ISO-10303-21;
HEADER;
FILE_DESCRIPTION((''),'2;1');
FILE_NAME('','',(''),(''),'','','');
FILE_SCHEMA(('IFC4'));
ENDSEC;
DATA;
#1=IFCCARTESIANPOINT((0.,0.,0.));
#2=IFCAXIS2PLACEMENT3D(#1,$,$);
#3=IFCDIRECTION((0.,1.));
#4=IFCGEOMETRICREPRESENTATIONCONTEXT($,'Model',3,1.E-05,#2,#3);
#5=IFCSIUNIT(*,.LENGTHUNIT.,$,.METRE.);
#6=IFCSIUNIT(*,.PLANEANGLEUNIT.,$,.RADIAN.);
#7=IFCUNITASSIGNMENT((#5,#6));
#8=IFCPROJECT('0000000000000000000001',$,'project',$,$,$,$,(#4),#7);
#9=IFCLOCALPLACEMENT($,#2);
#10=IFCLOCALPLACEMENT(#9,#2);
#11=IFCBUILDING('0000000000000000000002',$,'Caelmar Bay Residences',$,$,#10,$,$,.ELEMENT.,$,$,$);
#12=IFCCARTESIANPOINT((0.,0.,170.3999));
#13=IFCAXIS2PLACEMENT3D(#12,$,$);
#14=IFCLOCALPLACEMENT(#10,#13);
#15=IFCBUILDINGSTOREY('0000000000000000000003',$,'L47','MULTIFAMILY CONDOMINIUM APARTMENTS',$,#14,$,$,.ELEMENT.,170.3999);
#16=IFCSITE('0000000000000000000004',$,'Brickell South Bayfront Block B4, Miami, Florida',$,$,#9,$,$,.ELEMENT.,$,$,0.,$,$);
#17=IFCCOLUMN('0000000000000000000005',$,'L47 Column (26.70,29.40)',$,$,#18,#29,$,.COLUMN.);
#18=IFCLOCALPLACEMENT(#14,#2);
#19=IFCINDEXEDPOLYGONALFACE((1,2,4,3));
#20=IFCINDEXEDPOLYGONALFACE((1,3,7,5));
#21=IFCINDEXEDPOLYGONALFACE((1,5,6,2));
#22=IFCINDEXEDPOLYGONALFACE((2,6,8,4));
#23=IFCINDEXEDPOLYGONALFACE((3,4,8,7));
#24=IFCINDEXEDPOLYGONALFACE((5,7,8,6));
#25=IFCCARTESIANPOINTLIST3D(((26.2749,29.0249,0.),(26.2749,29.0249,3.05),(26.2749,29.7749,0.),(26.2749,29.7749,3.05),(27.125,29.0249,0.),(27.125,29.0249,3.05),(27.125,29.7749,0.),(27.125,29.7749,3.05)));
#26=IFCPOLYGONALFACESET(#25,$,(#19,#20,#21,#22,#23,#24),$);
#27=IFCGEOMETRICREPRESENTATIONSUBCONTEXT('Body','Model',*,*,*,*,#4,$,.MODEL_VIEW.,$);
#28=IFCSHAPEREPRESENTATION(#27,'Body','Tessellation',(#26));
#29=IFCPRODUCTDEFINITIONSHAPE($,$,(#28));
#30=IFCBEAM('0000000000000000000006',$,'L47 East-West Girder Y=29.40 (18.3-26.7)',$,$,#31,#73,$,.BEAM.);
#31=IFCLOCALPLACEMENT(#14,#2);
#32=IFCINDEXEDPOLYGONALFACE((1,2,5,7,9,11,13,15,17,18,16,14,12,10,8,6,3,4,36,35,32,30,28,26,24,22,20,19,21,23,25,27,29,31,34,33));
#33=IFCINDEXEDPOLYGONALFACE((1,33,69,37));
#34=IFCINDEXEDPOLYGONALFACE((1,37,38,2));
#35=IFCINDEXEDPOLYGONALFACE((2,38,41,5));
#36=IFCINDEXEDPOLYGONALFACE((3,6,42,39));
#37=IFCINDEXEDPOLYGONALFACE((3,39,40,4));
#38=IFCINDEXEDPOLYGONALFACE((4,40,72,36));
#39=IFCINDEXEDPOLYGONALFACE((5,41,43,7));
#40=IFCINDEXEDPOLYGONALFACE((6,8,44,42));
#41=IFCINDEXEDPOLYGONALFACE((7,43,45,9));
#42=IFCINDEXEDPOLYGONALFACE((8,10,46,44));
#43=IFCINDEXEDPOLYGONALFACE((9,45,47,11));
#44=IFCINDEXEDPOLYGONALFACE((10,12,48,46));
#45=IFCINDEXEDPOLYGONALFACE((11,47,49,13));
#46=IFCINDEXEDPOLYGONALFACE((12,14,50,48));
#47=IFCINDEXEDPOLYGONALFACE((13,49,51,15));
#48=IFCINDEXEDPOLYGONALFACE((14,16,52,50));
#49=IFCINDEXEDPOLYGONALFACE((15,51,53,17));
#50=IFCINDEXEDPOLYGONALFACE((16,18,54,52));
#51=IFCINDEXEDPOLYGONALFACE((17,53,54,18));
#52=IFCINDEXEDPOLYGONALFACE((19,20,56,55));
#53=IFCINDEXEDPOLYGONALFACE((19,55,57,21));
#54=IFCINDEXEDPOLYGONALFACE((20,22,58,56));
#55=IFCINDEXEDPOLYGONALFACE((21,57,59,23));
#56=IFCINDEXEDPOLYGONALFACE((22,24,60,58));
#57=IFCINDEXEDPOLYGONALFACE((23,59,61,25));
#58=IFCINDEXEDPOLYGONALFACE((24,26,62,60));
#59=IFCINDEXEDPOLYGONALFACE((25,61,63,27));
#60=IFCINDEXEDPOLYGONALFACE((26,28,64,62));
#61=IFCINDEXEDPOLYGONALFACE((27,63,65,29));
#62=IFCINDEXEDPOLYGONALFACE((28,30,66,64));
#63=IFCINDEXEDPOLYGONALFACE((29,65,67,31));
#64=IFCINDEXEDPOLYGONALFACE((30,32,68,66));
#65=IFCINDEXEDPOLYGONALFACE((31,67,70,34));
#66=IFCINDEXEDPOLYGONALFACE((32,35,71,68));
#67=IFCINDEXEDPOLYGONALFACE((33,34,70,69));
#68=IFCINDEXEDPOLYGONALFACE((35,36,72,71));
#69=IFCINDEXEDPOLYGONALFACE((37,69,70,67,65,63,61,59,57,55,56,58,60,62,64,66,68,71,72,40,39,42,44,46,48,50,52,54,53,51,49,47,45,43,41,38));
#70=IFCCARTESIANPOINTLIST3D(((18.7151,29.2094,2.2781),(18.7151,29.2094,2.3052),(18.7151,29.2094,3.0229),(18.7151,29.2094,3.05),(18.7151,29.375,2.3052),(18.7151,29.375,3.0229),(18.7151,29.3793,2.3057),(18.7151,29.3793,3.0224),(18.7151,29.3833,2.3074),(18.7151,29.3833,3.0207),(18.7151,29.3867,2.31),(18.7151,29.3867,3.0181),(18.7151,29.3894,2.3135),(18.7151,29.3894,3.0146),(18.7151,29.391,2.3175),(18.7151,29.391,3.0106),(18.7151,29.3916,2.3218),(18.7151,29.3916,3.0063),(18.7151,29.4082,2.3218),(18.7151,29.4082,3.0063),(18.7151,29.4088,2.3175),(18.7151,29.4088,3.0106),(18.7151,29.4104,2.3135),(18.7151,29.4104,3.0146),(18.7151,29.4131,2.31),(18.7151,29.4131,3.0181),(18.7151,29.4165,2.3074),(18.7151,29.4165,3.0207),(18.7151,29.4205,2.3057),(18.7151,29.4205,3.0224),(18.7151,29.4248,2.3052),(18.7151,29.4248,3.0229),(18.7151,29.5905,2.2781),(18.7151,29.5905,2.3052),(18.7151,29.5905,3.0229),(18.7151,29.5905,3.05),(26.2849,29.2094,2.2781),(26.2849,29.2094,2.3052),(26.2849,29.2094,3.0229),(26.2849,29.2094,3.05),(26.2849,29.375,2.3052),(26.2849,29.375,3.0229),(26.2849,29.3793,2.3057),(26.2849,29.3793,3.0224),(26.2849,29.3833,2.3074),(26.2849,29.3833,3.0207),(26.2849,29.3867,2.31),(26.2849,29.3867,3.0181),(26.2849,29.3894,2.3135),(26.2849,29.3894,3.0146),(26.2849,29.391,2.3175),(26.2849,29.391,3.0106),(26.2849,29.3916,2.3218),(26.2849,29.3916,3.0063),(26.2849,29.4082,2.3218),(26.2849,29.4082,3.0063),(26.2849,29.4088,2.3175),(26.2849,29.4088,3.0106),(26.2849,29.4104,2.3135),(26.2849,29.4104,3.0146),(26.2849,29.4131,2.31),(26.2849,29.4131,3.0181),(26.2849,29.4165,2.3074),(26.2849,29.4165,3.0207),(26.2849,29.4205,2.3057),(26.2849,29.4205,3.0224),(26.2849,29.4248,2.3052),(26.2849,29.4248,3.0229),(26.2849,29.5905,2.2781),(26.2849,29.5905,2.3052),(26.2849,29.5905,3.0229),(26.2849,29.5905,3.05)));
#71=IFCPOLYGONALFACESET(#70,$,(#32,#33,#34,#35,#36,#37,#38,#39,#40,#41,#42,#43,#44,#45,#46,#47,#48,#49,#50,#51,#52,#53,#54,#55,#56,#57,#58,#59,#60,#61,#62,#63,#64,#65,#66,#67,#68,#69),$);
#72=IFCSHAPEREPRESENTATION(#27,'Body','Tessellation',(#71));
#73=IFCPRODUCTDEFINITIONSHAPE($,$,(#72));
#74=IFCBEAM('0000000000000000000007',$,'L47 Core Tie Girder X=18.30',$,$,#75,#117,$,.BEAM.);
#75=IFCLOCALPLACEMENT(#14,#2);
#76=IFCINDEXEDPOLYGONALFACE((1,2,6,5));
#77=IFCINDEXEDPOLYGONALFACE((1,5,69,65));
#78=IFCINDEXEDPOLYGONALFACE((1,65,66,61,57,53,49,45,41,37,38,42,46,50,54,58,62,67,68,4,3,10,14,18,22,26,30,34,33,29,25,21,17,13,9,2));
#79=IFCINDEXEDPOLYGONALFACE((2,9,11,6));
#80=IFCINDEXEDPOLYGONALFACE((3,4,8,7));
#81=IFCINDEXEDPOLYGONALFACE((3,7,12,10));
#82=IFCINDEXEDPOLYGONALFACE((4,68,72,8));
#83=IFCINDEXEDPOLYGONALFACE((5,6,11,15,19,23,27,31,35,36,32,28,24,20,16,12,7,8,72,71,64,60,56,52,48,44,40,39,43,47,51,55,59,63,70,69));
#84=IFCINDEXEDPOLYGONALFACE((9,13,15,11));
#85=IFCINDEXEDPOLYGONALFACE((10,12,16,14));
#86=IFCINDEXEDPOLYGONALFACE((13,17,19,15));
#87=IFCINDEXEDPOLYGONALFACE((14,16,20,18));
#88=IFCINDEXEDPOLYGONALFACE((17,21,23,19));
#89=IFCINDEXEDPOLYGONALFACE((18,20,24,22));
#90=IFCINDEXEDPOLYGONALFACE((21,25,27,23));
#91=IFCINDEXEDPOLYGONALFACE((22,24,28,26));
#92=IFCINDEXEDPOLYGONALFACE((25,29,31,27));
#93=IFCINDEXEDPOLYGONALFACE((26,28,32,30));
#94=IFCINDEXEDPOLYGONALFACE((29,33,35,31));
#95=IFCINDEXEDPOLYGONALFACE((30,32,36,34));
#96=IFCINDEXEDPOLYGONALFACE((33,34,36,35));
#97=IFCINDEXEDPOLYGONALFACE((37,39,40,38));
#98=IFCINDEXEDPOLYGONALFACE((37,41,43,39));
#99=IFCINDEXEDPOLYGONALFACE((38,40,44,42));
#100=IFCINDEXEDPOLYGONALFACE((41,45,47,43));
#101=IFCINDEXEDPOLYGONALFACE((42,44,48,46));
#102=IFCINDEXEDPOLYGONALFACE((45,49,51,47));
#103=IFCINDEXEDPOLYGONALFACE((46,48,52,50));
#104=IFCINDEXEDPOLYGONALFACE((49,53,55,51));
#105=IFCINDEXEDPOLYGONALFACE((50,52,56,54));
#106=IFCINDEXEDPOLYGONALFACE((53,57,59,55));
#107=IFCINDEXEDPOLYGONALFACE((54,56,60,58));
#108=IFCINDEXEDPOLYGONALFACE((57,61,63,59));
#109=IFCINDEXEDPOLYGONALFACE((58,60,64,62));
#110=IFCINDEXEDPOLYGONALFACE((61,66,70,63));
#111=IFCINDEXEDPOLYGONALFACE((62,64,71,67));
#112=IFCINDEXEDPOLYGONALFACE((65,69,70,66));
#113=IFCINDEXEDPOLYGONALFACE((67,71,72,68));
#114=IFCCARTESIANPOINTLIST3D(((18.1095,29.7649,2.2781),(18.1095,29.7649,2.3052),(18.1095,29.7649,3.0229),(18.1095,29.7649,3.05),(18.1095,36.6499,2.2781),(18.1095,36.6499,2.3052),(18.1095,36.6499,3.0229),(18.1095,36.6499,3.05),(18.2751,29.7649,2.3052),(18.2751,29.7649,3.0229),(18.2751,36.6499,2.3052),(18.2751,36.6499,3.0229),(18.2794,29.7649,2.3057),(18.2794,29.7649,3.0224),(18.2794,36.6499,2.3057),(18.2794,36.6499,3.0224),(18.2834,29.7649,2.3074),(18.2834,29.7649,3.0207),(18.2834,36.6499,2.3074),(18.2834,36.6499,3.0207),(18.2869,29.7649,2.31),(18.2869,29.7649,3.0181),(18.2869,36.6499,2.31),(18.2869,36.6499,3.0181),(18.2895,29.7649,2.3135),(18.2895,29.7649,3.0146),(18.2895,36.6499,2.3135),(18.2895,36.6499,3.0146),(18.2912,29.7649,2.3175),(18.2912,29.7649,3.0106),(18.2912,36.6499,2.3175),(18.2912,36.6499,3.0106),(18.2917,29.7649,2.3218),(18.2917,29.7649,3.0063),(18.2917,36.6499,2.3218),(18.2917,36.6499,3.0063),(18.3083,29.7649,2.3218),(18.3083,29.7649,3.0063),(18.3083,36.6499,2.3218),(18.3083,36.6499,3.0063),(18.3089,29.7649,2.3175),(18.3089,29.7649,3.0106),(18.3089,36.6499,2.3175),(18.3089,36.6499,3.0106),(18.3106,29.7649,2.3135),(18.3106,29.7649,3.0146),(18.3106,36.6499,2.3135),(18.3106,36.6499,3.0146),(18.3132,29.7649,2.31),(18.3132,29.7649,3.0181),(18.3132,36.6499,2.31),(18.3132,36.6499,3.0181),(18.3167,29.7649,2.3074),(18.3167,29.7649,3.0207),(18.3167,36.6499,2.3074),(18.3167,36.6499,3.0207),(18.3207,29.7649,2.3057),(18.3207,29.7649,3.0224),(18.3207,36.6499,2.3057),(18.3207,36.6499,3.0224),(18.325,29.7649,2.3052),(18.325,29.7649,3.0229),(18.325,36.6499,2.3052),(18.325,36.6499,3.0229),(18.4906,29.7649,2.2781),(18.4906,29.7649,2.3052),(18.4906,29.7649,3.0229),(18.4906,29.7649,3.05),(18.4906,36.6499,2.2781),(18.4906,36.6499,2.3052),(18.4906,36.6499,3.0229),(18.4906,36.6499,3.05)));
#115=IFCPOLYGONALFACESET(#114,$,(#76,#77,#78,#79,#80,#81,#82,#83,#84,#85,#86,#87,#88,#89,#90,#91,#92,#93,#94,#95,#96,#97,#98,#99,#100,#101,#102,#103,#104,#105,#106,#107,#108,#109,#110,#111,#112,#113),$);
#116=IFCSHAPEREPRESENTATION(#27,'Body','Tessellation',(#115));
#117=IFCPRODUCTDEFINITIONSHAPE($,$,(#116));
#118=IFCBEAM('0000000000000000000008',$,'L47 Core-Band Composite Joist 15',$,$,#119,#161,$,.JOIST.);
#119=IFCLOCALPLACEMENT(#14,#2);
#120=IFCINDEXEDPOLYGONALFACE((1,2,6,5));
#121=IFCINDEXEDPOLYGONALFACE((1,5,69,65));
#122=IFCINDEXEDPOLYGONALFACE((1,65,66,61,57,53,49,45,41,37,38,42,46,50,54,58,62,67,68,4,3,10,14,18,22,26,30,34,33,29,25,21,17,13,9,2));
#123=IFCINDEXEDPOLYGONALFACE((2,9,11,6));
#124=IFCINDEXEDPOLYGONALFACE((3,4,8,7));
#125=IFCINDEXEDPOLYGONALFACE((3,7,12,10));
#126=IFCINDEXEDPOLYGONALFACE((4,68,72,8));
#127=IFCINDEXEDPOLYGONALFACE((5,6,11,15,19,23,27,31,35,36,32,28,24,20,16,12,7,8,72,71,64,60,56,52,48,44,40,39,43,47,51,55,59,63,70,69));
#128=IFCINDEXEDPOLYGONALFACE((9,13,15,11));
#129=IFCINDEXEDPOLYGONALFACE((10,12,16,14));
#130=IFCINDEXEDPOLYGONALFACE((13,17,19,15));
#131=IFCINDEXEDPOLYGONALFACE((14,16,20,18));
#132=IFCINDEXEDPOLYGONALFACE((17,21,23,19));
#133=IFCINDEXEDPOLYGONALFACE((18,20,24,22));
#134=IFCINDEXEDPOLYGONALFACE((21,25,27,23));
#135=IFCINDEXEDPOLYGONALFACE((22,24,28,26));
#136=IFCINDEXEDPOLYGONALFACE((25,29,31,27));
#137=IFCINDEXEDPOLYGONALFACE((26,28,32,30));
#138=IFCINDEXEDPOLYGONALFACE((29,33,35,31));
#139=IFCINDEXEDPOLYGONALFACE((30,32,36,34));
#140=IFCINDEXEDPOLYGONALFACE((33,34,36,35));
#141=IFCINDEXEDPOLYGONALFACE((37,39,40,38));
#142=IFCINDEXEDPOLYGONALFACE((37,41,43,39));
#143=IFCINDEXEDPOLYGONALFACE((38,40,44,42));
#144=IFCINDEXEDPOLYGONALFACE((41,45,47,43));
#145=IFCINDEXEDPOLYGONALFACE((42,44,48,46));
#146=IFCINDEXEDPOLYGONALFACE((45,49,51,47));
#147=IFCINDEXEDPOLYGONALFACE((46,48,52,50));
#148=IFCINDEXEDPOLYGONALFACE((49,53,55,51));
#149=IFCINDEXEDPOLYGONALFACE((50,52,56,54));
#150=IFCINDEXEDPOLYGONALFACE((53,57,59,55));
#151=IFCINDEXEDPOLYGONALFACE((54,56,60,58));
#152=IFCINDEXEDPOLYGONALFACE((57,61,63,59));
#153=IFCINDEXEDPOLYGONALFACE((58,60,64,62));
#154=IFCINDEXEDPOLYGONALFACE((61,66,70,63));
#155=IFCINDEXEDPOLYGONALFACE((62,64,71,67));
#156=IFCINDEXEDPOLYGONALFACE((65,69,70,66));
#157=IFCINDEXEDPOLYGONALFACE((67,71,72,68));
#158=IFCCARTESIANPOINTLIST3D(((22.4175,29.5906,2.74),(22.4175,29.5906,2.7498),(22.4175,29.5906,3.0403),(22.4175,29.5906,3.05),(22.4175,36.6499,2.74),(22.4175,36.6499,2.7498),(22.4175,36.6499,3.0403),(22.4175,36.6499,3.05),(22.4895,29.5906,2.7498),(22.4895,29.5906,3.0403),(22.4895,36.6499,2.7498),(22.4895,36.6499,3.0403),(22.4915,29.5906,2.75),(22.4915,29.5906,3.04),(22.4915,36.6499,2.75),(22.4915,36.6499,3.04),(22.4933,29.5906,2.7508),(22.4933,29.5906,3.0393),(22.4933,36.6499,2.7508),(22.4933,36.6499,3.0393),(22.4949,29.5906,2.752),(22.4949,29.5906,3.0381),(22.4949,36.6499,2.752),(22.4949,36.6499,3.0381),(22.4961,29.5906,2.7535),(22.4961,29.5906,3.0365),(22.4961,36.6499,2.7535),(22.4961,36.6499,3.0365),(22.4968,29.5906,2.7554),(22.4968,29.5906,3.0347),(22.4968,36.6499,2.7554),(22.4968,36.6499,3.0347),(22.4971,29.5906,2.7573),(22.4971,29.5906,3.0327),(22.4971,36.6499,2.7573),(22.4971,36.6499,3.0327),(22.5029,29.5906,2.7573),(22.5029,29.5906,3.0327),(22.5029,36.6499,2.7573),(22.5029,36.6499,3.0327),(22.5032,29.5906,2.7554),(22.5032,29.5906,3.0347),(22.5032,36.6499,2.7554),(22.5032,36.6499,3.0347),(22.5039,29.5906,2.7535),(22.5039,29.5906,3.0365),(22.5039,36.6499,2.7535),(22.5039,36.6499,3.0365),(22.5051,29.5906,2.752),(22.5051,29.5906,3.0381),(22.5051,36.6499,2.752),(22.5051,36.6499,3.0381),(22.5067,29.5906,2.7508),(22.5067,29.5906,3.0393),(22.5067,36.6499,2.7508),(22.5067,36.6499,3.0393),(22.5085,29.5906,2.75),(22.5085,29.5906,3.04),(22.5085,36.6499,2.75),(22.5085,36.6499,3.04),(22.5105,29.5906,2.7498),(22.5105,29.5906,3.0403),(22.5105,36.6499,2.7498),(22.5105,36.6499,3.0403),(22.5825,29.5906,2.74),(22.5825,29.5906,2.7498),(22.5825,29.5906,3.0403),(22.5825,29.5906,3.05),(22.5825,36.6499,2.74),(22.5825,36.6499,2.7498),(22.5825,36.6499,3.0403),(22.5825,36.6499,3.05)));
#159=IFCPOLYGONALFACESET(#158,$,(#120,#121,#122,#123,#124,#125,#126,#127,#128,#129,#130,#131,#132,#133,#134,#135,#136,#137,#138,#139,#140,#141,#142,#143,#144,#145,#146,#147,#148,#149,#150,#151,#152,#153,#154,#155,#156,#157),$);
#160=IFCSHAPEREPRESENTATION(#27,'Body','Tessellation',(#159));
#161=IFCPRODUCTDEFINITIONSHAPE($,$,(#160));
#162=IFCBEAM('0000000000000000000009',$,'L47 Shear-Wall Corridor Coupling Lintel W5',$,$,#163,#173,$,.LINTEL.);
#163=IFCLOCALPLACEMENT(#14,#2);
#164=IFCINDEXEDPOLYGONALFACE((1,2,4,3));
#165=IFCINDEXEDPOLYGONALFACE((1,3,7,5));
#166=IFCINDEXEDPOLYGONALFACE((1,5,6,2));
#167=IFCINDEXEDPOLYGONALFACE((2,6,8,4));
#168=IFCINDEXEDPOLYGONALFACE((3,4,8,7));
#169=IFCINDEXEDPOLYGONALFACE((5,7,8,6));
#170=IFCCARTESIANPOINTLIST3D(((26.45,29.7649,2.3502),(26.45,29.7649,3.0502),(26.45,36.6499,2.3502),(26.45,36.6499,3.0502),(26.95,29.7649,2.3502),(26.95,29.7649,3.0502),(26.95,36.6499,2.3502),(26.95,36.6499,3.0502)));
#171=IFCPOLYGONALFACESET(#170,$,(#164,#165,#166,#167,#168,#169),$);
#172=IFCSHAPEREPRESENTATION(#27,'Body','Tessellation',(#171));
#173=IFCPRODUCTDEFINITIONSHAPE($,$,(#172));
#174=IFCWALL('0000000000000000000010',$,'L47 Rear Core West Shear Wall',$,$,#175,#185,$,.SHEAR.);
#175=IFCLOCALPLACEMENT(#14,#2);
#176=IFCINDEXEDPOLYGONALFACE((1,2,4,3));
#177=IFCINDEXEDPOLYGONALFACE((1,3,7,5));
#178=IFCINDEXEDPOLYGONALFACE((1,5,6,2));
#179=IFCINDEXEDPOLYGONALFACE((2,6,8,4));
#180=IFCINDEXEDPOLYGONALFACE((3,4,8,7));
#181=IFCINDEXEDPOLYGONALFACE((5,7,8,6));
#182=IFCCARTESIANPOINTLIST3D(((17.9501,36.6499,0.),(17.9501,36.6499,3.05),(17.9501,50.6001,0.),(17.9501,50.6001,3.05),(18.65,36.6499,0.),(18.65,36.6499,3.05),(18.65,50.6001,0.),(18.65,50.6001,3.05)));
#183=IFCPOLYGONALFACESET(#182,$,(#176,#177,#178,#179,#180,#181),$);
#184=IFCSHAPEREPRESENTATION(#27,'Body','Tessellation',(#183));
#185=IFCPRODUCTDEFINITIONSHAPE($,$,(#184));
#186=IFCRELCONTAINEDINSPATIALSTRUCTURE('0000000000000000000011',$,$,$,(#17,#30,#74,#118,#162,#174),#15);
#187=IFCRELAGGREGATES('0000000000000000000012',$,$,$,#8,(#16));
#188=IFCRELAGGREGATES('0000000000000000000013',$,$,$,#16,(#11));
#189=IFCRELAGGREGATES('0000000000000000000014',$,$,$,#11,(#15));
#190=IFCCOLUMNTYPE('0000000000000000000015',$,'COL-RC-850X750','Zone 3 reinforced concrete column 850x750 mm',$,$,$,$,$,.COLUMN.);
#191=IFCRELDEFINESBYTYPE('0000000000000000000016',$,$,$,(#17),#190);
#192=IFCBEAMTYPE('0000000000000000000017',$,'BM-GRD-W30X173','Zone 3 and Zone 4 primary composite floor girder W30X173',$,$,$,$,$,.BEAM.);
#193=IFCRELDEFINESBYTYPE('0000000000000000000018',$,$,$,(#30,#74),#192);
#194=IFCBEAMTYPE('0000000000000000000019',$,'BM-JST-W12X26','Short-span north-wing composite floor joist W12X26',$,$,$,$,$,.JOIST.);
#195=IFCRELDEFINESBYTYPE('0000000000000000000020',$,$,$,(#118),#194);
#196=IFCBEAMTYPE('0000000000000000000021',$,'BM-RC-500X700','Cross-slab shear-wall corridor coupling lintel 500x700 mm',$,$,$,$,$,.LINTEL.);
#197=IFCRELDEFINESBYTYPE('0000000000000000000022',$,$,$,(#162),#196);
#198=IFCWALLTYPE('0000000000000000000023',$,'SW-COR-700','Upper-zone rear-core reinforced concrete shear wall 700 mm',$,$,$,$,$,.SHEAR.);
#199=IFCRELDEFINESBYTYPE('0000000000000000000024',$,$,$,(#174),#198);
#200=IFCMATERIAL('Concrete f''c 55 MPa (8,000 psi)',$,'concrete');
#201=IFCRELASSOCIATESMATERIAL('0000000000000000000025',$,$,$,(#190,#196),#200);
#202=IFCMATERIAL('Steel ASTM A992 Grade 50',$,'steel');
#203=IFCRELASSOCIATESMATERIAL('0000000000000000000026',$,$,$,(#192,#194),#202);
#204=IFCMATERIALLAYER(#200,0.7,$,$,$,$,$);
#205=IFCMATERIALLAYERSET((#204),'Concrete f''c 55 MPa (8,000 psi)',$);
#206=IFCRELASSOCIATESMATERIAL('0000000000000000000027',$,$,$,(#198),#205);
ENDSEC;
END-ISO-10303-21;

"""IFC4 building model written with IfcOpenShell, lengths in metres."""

from ifc_helpers import new_model, si_unit, direction, frame, frame_2d, origin, origin_2d, place, context, subcontext, project, spatial, rectangle, i_section, extrude, material, layer, layer_set, material_profile, profile_set, type_object, element, save


model = new_model("IFC4")

# Units and contexts
model_context = context("Model", 3, precision=1e-05, world=origin(), true_north=direction((0.0, 1.0)))
body_context = subcontext(model_context, "Body", "Model", "MODEL_VIEW")
ifc_project = project(units=[si_unit("LENGTHUNIT", "METRE"), si_unit("PLANEANGLEUNIT", "RADIAN")], contexts=[model_context])

# Site, building, storey
site_placement = place(None, origin())
site = spatial("IfcSite", under=ifc_project, at=site_placement, Name="Brickell South Bayfront Block B4, Miami, Florida", CompositionType="ELEMENT", RefElevation=0.0)
building_placement = place(site_placement, origin())
building = spatial("IfcBuilding", under=site, at=building_placement, Name="Caelmar Bay Residences", CompositionType="ELEMENT")
storey_placement = place(building_placement, frame((0.0, 0.0, 170.3999)))
storey = spatial("IfcBuildingStorey", under=building, at=storey_placement, Name="L47", Description="MULTIFAMILY CONDOMINIUM APARTMENTS", CompositionType="ELEMENT", Elevation=170.3999)

# Column
ifc_material_1 = material(Name="Concrete f'c 55 MPa (8,000 psi)", Category="concrete")
ifc_material_profile_1 = material_profile(ifc_material_1, rectangle(XDim=0.8501, YDim=0.75, at=origin_2d()), Name="RC-COL-850X750")
ifc_profile_set_1 = profile_set([ifc_material_profile_1], Name="Concrete f'c 55 MPa (8,000 psi)")
column_type = type_object("IfcColumnType", Name="COL-RC-850X750", Description="Zone 3 reinforced concrete column 850x750 mm", PredefinedType="COLUMN", material=ifc_profile_set_1)
column_placement = place(storey_placement, frame((26.7, 29.3999, 0.0), z_axis=(0.0, 0.0, 1.0), x_axis=(1.0, 0.0, 0.0)))
element("IfcColumn", 1, at=column_placement, inside=storey, type_object=column_type, Name="L47 Column (26.70,29.40)", PredefinedType="COLUMN", context=body_context, shape_type="SweptSolid", body=[
    extrude(rectangle(XDim=0.8501, YDim=0.75, at=origin_2d()), origin(), (0.0, 0.0, 1.0), 3.05),
])

# Beams
ifc_material_2 = material(Name="Steel ASTM A992 Grade 50", Category="steel")
ifc_material_profile_2 = material_profile(ifc_material_2, i_section(OverallWidth=0.3811, OverallDepth=0.772, WebThickness=0.0166, FlangeThickness=0.0271, FilletRadius=0.0166, at=origin_2d()), Name="W30X173")
ifc_profile_set_2 = profile_set([ifc_material_profile_2], Name="Steel ASTM A992 Grade 50")
beam_type_1 = type_object("IfcBeamType", Name="BM-GRD-W30X173", Description="Zone 3 and Zone 4 primary composite floor girder W30X173", PredefinedType="BEAM", material=ifc_profile_set_2)
beam_1_placement = place(storey_placement, frame((18.7151, 29.3999, 2.6641), z_axis=(1.0, 0.0, 0.0), x_axis=(0.0, 1.0, 0.0)))
element("IfcBeam", 2, at=beam_1_placement, inside=storey, type_object=beam_type_1, Name="L47 East-West Girder Y=29.40 (18.3-26.7)", PredefinedType="BEAM", context=body_context, shape_type="SweptSolid", body=[
    extrude(i_section(OverallWidth=0.3811, OverallDepth=0.772, WebThickness=0.0166, FlangeThickness=0.0271, FilletRadius=0.0166, at=origin_2d()), origin(), (0.0, 0.0, 1.0), 7.5698),
])
beam_2_placement = place(storey_placement, frame((18.3, 29.7649, 2.6641), z_axis=(0.0, 1.0, 0.0), x_axis=(-1.0, 0.0, 0.0)))
element("IfcBeam", 3, at=beam_2_placement, inside=storey, type_object=beam_type_1, Name="L47 Core Tie Girder X=18.30", PredefinedType="BEAM", context=body_context, shape_type="SweptSolid", body=[
    extrude(i_section(OverallWidth=0.3811, OverallDepth=0.772, WebThickness=0.0166, FlangeThickness=0.0271, FilletRadius=0.0166, at=origin_2d()), origin(), (0.0, 0.0, 1.0), 6.885),
])
ifc_material_profile_3 = material_profile(ifc_material_2, i_section(OverallWidth=0.165, OverallDepth=0.3101, WebThickness=0.0059, FlangeThickness=0.0098, FilletRadius=0.0076, at=origin_2d()), Name="W12X26")
ifc_profile_set_3 = profile_set([ifc_material_profile_3], Name="Steel ASTM A992 Grade 50")
beam_type_2 = type_object("IfcBeamType", Name="BM-JST-W12X26", Description="Short-span north-wing composite floor joist W12X26", PredefinedType="JOIST", material=ifc_profile_set_3)
beam_3_placement = place(storey_placement, frame((22.5, 29.5906, 2.895), z_axis=(0.0, 1.0, 0.0), x_axis=(-1.0, 0.0, 0.0)))
element("IfcBeam", 4, at=beam_3_placement, inside=storey, type_object=beam_type_2, Name="L47 Core-Band Composite Joist 15", PredefinedType="JOIST", context=body_context, shape_type="SweptSolid", body=[
    extrude(i_section(OverallWidth=0.165, OverallDepth=0.3101, WebThickness=0.0059, FlangeThickness=0.0098, FilletRadius=0.0076, at=origin_2d()), origin(), (0.0, 0.0, 1.0), 7.0593),
])
ifc_material_profile_4 = material_profile(ifc_material_1, rectangle(XDim=0.5, YDim=0.7, at=origin_2d()), Name="RC-BM-500X700")
ifc_profile_set_4 = profile_set([ifc_material_profile_4], Name="Concrete f'c 55 MPa (8,000 psi)")
beam_type_3 = type_object("IfcBeamType", Name="BM-RC-500X700", Description="Cross-slab shear-wall corridor coupling lintel 500x700 mm", PredefinedType="LINTEL", material=ifc_profile_set_4)
beam_4_placement = place(storey_placement, frame((26.7, 29.7649, 2.7002), z_axis=(0.0, 1.0, 0.0), x_axis=(-1.0, 0.0, 0.0)))
element("IfcBeam", 5, at=beam_4_placement, inside=storey, type_object=beam_type_3, Name="L47 Shear-Wall Corridor Coupling Lintel W5", PredefinedType="LINTEL", context=body_context, shape_type="SweptSolid", body=[
    extrude(rectangle(XDim=0.5, YDim=0.7, at=origin_2d()), origin(), (0.0, 0.0, 1.0), 6.885),
])

# Wall
ifc_layer_1 = layer(ifc_material_1, 0.7)
ifc_layer_set_1 = layer_set([ifc_layer_1], Name="Concrete f'c 55 MPa (8,000 psi)")
wall_type_1 = type_object("IfcWallType", Name="SW-COR-700", Description="Upper-zone rear-core reinforced concrete shear wall 700 mm", PredefinedType="SHEAR", material=ifc_layer_set_1)
wall_1_placement = place(storey_placement, frame((18.3, 36.6499, 0.0), z_axis=(0.0, 0.0, 1.0), x_axis=(0.0, 1.0, 0.0)))
element("IfcWall", 6, at=wall_1_placement, inside=storey, type_object=wall_type_1, Name="L47 Rear Core West Shear Wall", PredefinedType="SHEAR", context=body_context, shape_type="SweptSolid", body=[
    extrude(rectangle(XDim=13.9502, YDim=0.7, at=frame_2d((6.9751, 0.0))), origin(), (0.0, 0.0, 1.0), 3.05),
])

save(model, "model.ifc")
